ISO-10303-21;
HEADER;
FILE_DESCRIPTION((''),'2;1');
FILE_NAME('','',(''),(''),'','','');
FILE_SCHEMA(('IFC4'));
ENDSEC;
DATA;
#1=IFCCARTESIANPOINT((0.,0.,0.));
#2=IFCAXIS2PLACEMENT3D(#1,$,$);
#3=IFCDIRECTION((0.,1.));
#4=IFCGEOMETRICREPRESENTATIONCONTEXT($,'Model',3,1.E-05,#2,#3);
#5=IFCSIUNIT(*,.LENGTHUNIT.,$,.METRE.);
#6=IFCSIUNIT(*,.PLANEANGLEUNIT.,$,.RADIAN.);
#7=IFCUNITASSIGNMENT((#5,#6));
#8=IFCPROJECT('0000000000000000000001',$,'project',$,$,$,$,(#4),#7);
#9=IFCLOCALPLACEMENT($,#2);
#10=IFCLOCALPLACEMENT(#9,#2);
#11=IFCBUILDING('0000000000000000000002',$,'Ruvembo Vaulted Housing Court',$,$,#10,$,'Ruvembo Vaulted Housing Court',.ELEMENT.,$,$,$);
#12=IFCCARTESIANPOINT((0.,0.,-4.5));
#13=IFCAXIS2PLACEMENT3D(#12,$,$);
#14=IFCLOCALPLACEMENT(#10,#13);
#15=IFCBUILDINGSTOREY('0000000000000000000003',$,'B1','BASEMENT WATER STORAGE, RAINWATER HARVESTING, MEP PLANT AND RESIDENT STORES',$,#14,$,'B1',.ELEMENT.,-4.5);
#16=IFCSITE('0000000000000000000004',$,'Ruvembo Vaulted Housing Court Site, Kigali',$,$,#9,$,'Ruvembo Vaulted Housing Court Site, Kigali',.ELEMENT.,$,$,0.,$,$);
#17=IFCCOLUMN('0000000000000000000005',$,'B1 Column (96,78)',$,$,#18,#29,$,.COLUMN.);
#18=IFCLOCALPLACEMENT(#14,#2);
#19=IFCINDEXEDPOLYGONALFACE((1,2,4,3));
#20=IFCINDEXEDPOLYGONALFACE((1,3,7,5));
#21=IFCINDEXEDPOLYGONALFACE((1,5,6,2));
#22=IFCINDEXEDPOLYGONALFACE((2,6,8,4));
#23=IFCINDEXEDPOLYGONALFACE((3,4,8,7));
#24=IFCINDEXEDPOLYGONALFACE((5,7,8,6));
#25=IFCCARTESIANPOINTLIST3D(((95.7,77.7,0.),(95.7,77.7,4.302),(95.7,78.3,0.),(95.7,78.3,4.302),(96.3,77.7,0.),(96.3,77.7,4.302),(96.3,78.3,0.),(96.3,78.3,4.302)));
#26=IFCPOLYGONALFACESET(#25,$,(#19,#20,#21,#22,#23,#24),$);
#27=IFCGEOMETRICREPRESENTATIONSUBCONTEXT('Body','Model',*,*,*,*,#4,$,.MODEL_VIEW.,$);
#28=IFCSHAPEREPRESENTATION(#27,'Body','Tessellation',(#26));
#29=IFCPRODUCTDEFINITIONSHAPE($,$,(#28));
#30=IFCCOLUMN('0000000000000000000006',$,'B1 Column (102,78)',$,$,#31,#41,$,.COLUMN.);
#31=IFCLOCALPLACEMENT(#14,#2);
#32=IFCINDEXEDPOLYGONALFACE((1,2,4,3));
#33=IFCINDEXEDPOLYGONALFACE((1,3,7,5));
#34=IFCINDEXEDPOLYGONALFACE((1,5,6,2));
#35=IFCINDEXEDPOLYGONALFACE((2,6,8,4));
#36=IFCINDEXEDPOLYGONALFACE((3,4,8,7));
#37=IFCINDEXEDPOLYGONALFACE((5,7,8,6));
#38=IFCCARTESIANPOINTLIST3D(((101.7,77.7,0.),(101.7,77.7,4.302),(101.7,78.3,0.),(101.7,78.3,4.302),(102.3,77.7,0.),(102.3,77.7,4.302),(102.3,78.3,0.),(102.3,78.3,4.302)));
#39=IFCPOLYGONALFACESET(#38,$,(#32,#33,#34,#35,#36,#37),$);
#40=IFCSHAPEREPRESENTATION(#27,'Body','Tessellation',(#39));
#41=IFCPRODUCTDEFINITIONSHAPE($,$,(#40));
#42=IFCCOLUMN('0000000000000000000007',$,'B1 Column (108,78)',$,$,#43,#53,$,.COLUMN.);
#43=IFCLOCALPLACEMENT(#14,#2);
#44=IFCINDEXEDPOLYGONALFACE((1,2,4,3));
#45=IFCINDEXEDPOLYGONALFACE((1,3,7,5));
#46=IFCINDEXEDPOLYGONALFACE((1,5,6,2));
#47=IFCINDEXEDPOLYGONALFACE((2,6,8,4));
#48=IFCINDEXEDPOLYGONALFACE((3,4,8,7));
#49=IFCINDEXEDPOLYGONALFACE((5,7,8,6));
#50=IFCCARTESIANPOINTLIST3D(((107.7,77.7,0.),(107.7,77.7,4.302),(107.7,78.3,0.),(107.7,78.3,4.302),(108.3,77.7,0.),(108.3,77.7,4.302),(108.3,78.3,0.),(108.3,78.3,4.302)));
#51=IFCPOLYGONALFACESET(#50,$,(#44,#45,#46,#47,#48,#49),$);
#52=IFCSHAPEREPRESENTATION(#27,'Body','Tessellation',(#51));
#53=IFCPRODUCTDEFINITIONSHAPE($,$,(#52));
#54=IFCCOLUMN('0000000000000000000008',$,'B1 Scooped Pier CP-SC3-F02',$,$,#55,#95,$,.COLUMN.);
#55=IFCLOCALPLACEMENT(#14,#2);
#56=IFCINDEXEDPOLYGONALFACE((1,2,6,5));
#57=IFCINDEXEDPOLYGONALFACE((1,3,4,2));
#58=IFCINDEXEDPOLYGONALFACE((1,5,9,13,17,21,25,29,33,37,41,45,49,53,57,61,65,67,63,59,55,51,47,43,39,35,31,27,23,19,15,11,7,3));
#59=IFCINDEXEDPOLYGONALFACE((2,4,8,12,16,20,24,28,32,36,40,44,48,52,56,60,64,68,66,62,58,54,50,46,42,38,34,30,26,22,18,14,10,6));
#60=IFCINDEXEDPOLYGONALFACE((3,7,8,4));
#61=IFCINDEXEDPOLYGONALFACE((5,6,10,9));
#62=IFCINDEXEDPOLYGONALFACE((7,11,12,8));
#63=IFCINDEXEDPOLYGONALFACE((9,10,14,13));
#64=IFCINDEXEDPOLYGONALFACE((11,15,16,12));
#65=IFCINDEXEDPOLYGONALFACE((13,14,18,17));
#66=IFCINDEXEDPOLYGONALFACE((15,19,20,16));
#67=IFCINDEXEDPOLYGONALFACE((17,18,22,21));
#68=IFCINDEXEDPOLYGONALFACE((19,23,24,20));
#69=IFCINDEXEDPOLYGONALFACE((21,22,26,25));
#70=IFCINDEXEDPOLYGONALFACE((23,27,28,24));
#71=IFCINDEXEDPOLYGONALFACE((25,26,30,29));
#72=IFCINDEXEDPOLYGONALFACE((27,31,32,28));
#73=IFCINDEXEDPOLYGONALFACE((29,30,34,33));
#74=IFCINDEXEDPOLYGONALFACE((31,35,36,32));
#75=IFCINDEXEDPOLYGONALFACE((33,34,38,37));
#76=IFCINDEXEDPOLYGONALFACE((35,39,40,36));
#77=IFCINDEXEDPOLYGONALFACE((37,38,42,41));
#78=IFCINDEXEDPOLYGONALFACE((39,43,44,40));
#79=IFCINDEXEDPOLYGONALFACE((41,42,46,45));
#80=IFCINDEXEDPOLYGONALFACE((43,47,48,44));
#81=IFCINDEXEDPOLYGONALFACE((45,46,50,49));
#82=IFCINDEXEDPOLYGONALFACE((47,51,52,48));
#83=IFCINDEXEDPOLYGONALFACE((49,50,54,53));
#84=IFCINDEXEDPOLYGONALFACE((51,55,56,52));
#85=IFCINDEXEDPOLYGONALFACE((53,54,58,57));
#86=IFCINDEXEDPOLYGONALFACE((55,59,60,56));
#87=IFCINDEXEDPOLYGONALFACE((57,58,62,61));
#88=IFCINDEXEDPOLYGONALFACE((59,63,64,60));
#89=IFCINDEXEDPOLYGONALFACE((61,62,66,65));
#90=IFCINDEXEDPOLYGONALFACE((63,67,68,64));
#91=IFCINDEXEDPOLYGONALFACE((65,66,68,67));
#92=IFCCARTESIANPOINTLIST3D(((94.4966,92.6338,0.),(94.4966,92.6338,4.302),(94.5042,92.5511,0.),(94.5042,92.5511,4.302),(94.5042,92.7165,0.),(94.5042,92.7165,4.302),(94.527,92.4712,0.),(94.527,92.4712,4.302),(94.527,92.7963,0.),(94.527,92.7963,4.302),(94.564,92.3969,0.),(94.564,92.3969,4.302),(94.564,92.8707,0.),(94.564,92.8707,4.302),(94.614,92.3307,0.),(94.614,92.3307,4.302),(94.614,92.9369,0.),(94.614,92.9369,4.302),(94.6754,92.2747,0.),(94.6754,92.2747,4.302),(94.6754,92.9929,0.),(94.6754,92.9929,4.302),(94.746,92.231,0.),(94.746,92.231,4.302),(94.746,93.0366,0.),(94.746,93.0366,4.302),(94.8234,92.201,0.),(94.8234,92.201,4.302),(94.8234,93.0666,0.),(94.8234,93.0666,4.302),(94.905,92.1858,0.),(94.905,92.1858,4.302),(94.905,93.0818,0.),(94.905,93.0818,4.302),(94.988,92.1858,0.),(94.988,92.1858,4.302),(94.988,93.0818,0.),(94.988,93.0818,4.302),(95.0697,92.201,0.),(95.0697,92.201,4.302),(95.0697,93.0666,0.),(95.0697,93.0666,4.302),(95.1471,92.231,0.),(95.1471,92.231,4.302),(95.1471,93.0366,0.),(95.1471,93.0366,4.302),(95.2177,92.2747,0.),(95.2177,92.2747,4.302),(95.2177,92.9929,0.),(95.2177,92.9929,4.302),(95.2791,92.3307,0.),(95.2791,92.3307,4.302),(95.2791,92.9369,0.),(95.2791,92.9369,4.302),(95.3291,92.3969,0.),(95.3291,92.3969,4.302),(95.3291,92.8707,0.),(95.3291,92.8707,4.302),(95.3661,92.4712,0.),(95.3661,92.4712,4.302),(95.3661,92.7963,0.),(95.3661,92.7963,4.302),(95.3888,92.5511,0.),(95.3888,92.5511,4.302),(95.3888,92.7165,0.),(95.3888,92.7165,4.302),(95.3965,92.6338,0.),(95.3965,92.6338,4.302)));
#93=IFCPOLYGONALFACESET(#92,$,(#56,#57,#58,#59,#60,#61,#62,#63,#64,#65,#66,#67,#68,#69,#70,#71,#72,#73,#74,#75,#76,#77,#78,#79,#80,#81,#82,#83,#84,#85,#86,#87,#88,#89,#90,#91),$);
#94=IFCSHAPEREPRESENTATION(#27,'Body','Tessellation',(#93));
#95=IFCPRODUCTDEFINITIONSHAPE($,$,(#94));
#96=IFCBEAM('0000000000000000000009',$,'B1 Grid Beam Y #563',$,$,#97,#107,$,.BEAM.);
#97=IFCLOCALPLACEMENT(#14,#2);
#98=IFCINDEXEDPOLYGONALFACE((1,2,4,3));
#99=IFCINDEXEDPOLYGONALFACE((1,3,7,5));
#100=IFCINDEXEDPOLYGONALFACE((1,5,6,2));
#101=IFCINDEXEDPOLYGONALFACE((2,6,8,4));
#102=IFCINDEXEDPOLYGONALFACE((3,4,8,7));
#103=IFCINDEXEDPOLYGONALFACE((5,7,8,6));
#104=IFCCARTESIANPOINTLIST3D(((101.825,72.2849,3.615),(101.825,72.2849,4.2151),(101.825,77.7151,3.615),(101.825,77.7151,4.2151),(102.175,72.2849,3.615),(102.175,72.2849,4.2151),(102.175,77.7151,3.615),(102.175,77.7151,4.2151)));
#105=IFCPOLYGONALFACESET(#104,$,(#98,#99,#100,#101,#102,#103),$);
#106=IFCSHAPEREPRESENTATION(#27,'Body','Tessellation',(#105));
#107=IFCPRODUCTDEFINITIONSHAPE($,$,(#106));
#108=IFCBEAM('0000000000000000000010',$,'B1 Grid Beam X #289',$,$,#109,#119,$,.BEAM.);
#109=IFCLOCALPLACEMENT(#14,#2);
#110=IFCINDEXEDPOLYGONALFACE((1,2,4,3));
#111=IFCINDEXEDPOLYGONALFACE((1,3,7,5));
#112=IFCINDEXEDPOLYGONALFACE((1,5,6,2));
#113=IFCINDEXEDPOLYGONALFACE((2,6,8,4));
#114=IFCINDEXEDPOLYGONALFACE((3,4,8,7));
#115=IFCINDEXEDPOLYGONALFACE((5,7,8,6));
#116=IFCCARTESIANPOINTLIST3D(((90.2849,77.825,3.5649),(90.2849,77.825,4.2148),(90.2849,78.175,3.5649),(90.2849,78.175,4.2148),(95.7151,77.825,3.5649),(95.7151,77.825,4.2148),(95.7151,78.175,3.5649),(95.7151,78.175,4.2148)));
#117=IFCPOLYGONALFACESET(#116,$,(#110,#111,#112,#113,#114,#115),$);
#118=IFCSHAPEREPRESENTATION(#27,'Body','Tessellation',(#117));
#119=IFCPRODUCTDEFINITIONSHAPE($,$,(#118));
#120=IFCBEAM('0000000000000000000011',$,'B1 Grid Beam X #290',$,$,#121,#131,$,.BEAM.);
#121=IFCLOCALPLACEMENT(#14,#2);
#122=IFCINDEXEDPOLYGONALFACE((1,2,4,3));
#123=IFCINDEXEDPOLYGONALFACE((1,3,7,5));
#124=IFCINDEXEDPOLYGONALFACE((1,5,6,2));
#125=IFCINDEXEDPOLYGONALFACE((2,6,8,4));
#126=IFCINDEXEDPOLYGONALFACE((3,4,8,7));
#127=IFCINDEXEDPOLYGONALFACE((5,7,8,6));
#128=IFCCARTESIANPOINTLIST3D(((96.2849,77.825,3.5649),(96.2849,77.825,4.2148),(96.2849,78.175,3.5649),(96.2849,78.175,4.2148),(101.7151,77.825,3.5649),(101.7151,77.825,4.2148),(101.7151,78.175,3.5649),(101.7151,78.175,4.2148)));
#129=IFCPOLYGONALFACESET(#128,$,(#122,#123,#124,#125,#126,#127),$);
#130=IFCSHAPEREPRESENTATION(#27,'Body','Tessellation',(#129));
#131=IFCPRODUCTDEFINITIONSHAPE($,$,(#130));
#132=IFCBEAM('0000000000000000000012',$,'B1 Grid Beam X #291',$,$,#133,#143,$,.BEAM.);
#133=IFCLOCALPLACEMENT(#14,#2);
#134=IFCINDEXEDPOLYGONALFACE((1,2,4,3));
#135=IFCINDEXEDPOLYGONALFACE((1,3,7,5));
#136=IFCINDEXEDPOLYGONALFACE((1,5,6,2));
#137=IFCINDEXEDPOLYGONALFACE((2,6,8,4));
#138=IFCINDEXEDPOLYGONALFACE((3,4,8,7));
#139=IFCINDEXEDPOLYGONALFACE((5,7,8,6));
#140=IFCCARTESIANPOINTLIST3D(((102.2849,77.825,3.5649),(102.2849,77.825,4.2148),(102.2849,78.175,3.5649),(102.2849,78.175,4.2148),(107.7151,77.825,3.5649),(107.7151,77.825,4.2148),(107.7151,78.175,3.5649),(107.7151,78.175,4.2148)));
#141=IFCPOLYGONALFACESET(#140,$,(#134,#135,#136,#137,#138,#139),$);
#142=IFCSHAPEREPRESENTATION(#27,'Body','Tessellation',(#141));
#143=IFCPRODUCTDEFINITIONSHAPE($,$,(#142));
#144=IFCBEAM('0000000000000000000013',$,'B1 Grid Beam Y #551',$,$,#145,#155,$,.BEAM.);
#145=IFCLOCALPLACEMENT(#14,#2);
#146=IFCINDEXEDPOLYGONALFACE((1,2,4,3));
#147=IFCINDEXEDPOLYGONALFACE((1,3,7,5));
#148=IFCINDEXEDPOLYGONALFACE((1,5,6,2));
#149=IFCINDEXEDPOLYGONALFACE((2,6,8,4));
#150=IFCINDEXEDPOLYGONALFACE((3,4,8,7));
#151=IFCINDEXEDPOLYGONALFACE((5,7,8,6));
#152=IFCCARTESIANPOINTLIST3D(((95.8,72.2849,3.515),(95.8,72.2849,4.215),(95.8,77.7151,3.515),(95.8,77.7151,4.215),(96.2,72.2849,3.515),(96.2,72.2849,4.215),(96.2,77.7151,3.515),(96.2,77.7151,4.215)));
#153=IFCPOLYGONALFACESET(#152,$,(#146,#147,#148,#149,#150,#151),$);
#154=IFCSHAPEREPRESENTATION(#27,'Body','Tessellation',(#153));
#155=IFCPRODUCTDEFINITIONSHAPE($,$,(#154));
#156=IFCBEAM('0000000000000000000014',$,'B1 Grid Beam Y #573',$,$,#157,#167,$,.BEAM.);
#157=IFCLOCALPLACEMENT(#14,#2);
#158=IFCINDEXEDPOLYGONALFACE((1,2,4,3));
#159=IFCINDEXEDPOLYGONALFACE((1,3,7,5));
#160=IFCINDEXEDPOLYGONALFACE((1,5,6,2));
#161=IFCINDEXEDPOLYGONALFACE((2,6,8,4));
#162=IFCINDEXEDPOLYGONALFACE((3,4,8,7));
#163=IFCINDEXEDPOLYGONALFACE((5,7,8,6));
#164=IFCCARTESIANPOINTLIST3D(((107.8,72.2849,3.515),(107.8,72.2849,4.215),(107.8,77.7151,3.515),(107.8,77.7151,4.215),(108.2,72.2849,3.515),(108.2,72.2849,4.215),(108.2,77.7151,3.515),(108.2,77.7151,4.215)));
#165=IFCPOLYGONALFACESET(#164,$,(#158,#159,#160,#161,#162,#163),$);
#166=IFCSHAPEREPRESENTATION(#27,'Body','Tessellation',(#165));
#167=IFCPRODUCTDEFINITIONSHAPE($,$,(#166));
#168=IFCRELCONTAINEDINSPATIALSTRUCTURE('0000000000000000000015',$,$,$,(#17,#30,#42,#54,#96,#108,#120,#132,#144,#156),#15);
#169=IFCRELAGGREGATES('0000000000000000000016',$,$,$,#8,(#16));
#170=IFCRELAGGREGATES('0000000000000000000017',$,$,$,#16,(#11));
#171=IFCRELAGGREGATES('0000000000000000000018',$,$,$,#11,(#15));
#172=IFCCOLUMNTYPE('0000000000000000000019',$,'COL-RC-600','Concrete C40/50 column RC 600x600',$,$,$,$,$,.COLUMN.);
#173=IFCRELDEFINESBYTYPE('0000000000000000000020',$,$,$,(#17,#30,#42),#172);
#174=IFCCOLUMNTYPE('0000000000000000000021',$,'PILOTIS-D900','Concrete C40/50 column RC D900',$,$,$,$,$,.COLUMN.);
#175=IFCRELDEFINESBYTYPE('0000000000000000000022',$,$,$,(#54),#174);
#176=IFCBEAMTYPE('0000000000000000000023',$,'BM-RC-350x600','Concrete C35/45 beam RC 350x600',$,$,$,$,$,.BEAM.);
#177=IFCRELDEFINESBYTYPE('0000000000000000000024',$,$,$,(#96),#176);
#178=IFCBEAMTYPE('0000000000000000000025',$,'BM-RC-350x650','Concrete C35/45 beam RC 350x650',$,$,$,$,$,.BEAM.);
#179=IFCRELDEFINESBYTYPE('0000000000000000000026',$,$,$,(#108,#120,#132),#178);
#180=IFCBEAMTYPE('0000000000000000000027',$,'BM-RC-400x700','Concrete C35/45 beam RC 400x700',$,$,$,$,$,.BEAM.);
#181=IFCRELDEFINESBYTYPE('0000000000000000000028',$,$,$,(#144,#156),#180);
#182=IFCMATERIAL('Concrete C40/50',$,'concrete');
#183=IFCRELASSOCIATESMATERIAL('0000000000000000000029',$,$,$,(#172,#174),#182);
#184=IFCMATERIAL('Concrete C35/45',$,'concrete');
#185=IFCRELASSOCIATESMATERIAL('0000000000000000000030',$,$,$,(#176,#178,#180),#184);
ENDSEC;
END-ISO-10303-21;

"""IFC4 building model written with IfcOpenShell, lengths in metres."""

from ifc_helpers import new_model, si_unit, direction, frame, origin, origin_2d, place, context, subcontext, project, spatial, rectangle, circle, extrude, material, material_profile, profile_set, type_object, element, save


model = new_model("IFC4")

# Units and contexts
model_context = context("Model", 3, precision=1e-05, world=origin(), true_north=direction((0.0, 1.0)))
body_context = subcontext(model_context, "Body", "Model", "MODEL_VIEW")
ifc_project = project(units=[si_unit("LENGTHUNIT", "METRE"), si_unit("PLANEANGLEUNIT", "RADIAN")], contexts=[model_context])

# Site, building, storey
site_placement = place(None, origin())
site = spatial("IfcSite", under=ifc_project, at=site_placement, Name="Ruvembo Vaulted Housing Court Site, Kigali", LongName="Ruvembo Vaulted Housing Court Site, Kigali", CompositionType="ELEMENT", RefElevation=0.0)
building_placement = place(site_placement, origin())
building = spatial("IfcBuilding", under=site, at=building_placement, Name="Ruvembo Vaulted Housing Court", LongName="Ruvembo Vaulted Housing Court", CompositionType="ELEMENT")
storey_placement = place(building_placement, frame((0.0, 0.0, -4.5)))
storey = spatial("IfcBuildingStorey", under=building, at=storey_placement, Name="B1", Description="BASEMENT WATER STORAGE, RAINWATER HARVESTING, MEP PLANT AND RESIDENT STORES", LongName="B1", CompositionType="ELEMENT", Elevation=-4.5)

# Shared definitions
ifc_material_1 = material(Name="Concrete C35/45", Category="concrete")

# Columns
ifc_material_2 = material(Name="Concrete C40/50", Category="concrete")
ifc_material_profile_1 = material_profile(ifc_material_2, rectangle(XDim=0.6001, YDim=0.6001, at=origin_2d()), Name="RC 600x600")
ifc_profile_set_1 = profile_set([ifc_material_profile_1], Name="Concrete C40/50")
column_type_1 = type_object("IfcColumnType", Name="COL-RC-600", Description="Concrete C40/50 column RC 600x600", PredefinedType="COLUMN", material=ifc_profile_set_1)
for number, where, z_axis, x_axis, name in (
    (1, (96.0, 78.0, 0.0), (0.0, 0.0, 1.0), (1.0, 0.0, 0.0), "B1 Column (96,78)"),
    (2, (102.0, 78.0, 0.0), (0.0, 0.0, 1.0), (1.0, 0.0, 0.0), "B1 Column (102,78)"),
    (3, (108.0, 78.0, 0.0), (0.0, 0.0, 1.0), (1.0, 0.0, 0.0), "B1 Column (108,78)"),
):
    element("IfcColumn", number, at=place(storey_placement, frame(where, z_axis=z_axis, x_axis=x_axis)), inside=storey, type_object=column_type_1, Name=name, PredefinedType="COLUMN", context=body_context, shape_type="SweptSolid", body=[
        extrude(rectangle(XDim=0.6001, YDim=0.6001, at=origin_2d()), origin(), (0.0, 0.0, 1.0), 4.302),
    ])
ifc_material_profile_2 = material_profile(ifc_material_2, circle(Radius=0.45, at=origin_2d()), Name="RC D900")
ifc_profile_set_2 = profile_set([ifc_material_profile_2], Name="Concrete C40/50")
column_type_2 = type_object("IfcColumnType", Name="PILOTIS-D900", Description="Concrete C40/50 column RC D900", PredefinedType="COLUMN", material=ifc_profile_set_2)
column_placement = place(storey_placement, frame((94.9465, 92.6338, 0.0), z_axis=(0.0, 0.0, 1.0), x_axis=(1.0, 0.0, 0.0)))
element("IfcColumn", 4, at=column_placement, inside=storey, type_object=column_type_2, Name="B1 Scooped Pier CP-SC3-F02", PredefinedType="COLUMN", context=body_context, shape_type="SweptSolid", body=[
    extrude(circle(Radius=0.45, at=origin_2d()), origin(), (0.0, 0.0, 1.0), 4.302),
])

# Beams
ifc_material_profile_3 = material_profile(ifc_material_1, rectangle(XDim=0.3501, YDim=0.6001, at=origin_2d()), Name="RC 350x600")
ifc_profile_set_3 = profile_set([ifc_material_profile_3], Name="Concrete C35/45")
beam_type_1 = type_object("IfcBeamType", Name="BM-RC-350x600", Description="Concrete C35/45 beam RC 350x600", PredefinedType="BEAM", material=ifc_profile_set_3)
beam_placement = place(storey_placement, frame((102.0, 72.2849, 3.915), z_axis=(0.0, 1.0, 0.0), x_axis=(-1.0, 0.0, 0.0)))
element("IfcBeam", 5, at=beam_placement, inside=storey, type_object=beam_type_1, Name="B1 Grid Beam Y #563", PredefinedType="BEAM", context=body_context, shape_type="SweptSolid", body=[
    extrude(rectangle(XDim=0.3501, YDim=0.6001, at=origin_2d()), origin(), (0.0, 0.0, 1.0), 5.4302),
])
ifc_material_profile_4 = material_profile(ifc_material_1, rectangle(XDim=0.3501, YDim=0.6499, at=origin_2d()), Name="RC 350x650")
ifc_profile_set_4 = profile_set([ifc_material_profile_4], Name="Concrete C35/45")
beam_type_2 = type_object("IfcBeamType", Name="BM-RC-350x650", Description="Concrete C35/45 beam RC 350x650", PredefinedType="BEAM", material=ifc_profile_set_4)
for number, where, z_axis, x_axis, name in (
    (6, (90.2849, 78.0, 3.8899), (1.0, 0.0, 0.0), (0.0, 1.0, 0.0), "B1 Grid Beam X #289"),
    (7, (96.2849, 78.0, 3.8899), (1.0, 0.0, 0.0), (0.0, 1.0, 0.0), "B1 Grid Beam X #290"),
    (8, (102.2849, 78.0, 3.8899), (1.0, 0.0, 0.0), (0.0, 1.0, 0.0), "B1 Grid Beam X #291"),
):
    element("IfcBeam", number, at=place(storey_placement, frame(where, z_axis=z_axis, x_axis=x_axis)), inside=storey, type_object=beam_type_2, Name=name, PredefinedType="BEAM", context=body_context, shape_type="SweptSolid", body=[
        extrude(rectangle(XDim=0.3501, YDim=0.6499, at=origin_2d()), origin(), (0.0, 0.0, 1.0), 5.4302),
    ])
ifc_material_profile_5 = material_profile(ifc_material_1, rectangle(XDim=0.3999, YDim=0.7, at=origin_2d()), Name="RC 400x700")
ifc_profile_set_5 = profile_set([ifc_material_profile_5], Name="Concrete C35/45")
beam_type_3 = type_object("IfcBeamType", Name="BM-RC-400x700", Description="Concrete C35/45 beam RC 400x700", PredefinedType="BEAM", material=ifc_profile_set_5)
for number, where, z_axis, x_axis, name in (
    (9, (96.0, 72.2849, 3.865), (0.0, 1.0, 0.0), (-1.0, 0.0, 0.0), "B1 Grid Beam Y #551"),
    (10, (108.0, 72.2849, 3.865), (0.0, 1.0, 0.0), (-1.0, 0.0, 0.0), "B1 Grid Beam Y #573"),
):
    element("IfcBeam", number, at=place(storey_placement, frame(where, z_axis=z_axis, x_axis=x_axis)), inside=storey, type_object=beam_type_3, Name=name, PredefinedType="BEAM", context=body_context, shape_type="SweptSolid", body=[
        extrude(rectangle(XDim=0.3999, YDim=0.7, at=origin_2d()), origin(), (0.0, 0.0, 1.0), 5.4302),
    ])

save(model, "model.ifc")
